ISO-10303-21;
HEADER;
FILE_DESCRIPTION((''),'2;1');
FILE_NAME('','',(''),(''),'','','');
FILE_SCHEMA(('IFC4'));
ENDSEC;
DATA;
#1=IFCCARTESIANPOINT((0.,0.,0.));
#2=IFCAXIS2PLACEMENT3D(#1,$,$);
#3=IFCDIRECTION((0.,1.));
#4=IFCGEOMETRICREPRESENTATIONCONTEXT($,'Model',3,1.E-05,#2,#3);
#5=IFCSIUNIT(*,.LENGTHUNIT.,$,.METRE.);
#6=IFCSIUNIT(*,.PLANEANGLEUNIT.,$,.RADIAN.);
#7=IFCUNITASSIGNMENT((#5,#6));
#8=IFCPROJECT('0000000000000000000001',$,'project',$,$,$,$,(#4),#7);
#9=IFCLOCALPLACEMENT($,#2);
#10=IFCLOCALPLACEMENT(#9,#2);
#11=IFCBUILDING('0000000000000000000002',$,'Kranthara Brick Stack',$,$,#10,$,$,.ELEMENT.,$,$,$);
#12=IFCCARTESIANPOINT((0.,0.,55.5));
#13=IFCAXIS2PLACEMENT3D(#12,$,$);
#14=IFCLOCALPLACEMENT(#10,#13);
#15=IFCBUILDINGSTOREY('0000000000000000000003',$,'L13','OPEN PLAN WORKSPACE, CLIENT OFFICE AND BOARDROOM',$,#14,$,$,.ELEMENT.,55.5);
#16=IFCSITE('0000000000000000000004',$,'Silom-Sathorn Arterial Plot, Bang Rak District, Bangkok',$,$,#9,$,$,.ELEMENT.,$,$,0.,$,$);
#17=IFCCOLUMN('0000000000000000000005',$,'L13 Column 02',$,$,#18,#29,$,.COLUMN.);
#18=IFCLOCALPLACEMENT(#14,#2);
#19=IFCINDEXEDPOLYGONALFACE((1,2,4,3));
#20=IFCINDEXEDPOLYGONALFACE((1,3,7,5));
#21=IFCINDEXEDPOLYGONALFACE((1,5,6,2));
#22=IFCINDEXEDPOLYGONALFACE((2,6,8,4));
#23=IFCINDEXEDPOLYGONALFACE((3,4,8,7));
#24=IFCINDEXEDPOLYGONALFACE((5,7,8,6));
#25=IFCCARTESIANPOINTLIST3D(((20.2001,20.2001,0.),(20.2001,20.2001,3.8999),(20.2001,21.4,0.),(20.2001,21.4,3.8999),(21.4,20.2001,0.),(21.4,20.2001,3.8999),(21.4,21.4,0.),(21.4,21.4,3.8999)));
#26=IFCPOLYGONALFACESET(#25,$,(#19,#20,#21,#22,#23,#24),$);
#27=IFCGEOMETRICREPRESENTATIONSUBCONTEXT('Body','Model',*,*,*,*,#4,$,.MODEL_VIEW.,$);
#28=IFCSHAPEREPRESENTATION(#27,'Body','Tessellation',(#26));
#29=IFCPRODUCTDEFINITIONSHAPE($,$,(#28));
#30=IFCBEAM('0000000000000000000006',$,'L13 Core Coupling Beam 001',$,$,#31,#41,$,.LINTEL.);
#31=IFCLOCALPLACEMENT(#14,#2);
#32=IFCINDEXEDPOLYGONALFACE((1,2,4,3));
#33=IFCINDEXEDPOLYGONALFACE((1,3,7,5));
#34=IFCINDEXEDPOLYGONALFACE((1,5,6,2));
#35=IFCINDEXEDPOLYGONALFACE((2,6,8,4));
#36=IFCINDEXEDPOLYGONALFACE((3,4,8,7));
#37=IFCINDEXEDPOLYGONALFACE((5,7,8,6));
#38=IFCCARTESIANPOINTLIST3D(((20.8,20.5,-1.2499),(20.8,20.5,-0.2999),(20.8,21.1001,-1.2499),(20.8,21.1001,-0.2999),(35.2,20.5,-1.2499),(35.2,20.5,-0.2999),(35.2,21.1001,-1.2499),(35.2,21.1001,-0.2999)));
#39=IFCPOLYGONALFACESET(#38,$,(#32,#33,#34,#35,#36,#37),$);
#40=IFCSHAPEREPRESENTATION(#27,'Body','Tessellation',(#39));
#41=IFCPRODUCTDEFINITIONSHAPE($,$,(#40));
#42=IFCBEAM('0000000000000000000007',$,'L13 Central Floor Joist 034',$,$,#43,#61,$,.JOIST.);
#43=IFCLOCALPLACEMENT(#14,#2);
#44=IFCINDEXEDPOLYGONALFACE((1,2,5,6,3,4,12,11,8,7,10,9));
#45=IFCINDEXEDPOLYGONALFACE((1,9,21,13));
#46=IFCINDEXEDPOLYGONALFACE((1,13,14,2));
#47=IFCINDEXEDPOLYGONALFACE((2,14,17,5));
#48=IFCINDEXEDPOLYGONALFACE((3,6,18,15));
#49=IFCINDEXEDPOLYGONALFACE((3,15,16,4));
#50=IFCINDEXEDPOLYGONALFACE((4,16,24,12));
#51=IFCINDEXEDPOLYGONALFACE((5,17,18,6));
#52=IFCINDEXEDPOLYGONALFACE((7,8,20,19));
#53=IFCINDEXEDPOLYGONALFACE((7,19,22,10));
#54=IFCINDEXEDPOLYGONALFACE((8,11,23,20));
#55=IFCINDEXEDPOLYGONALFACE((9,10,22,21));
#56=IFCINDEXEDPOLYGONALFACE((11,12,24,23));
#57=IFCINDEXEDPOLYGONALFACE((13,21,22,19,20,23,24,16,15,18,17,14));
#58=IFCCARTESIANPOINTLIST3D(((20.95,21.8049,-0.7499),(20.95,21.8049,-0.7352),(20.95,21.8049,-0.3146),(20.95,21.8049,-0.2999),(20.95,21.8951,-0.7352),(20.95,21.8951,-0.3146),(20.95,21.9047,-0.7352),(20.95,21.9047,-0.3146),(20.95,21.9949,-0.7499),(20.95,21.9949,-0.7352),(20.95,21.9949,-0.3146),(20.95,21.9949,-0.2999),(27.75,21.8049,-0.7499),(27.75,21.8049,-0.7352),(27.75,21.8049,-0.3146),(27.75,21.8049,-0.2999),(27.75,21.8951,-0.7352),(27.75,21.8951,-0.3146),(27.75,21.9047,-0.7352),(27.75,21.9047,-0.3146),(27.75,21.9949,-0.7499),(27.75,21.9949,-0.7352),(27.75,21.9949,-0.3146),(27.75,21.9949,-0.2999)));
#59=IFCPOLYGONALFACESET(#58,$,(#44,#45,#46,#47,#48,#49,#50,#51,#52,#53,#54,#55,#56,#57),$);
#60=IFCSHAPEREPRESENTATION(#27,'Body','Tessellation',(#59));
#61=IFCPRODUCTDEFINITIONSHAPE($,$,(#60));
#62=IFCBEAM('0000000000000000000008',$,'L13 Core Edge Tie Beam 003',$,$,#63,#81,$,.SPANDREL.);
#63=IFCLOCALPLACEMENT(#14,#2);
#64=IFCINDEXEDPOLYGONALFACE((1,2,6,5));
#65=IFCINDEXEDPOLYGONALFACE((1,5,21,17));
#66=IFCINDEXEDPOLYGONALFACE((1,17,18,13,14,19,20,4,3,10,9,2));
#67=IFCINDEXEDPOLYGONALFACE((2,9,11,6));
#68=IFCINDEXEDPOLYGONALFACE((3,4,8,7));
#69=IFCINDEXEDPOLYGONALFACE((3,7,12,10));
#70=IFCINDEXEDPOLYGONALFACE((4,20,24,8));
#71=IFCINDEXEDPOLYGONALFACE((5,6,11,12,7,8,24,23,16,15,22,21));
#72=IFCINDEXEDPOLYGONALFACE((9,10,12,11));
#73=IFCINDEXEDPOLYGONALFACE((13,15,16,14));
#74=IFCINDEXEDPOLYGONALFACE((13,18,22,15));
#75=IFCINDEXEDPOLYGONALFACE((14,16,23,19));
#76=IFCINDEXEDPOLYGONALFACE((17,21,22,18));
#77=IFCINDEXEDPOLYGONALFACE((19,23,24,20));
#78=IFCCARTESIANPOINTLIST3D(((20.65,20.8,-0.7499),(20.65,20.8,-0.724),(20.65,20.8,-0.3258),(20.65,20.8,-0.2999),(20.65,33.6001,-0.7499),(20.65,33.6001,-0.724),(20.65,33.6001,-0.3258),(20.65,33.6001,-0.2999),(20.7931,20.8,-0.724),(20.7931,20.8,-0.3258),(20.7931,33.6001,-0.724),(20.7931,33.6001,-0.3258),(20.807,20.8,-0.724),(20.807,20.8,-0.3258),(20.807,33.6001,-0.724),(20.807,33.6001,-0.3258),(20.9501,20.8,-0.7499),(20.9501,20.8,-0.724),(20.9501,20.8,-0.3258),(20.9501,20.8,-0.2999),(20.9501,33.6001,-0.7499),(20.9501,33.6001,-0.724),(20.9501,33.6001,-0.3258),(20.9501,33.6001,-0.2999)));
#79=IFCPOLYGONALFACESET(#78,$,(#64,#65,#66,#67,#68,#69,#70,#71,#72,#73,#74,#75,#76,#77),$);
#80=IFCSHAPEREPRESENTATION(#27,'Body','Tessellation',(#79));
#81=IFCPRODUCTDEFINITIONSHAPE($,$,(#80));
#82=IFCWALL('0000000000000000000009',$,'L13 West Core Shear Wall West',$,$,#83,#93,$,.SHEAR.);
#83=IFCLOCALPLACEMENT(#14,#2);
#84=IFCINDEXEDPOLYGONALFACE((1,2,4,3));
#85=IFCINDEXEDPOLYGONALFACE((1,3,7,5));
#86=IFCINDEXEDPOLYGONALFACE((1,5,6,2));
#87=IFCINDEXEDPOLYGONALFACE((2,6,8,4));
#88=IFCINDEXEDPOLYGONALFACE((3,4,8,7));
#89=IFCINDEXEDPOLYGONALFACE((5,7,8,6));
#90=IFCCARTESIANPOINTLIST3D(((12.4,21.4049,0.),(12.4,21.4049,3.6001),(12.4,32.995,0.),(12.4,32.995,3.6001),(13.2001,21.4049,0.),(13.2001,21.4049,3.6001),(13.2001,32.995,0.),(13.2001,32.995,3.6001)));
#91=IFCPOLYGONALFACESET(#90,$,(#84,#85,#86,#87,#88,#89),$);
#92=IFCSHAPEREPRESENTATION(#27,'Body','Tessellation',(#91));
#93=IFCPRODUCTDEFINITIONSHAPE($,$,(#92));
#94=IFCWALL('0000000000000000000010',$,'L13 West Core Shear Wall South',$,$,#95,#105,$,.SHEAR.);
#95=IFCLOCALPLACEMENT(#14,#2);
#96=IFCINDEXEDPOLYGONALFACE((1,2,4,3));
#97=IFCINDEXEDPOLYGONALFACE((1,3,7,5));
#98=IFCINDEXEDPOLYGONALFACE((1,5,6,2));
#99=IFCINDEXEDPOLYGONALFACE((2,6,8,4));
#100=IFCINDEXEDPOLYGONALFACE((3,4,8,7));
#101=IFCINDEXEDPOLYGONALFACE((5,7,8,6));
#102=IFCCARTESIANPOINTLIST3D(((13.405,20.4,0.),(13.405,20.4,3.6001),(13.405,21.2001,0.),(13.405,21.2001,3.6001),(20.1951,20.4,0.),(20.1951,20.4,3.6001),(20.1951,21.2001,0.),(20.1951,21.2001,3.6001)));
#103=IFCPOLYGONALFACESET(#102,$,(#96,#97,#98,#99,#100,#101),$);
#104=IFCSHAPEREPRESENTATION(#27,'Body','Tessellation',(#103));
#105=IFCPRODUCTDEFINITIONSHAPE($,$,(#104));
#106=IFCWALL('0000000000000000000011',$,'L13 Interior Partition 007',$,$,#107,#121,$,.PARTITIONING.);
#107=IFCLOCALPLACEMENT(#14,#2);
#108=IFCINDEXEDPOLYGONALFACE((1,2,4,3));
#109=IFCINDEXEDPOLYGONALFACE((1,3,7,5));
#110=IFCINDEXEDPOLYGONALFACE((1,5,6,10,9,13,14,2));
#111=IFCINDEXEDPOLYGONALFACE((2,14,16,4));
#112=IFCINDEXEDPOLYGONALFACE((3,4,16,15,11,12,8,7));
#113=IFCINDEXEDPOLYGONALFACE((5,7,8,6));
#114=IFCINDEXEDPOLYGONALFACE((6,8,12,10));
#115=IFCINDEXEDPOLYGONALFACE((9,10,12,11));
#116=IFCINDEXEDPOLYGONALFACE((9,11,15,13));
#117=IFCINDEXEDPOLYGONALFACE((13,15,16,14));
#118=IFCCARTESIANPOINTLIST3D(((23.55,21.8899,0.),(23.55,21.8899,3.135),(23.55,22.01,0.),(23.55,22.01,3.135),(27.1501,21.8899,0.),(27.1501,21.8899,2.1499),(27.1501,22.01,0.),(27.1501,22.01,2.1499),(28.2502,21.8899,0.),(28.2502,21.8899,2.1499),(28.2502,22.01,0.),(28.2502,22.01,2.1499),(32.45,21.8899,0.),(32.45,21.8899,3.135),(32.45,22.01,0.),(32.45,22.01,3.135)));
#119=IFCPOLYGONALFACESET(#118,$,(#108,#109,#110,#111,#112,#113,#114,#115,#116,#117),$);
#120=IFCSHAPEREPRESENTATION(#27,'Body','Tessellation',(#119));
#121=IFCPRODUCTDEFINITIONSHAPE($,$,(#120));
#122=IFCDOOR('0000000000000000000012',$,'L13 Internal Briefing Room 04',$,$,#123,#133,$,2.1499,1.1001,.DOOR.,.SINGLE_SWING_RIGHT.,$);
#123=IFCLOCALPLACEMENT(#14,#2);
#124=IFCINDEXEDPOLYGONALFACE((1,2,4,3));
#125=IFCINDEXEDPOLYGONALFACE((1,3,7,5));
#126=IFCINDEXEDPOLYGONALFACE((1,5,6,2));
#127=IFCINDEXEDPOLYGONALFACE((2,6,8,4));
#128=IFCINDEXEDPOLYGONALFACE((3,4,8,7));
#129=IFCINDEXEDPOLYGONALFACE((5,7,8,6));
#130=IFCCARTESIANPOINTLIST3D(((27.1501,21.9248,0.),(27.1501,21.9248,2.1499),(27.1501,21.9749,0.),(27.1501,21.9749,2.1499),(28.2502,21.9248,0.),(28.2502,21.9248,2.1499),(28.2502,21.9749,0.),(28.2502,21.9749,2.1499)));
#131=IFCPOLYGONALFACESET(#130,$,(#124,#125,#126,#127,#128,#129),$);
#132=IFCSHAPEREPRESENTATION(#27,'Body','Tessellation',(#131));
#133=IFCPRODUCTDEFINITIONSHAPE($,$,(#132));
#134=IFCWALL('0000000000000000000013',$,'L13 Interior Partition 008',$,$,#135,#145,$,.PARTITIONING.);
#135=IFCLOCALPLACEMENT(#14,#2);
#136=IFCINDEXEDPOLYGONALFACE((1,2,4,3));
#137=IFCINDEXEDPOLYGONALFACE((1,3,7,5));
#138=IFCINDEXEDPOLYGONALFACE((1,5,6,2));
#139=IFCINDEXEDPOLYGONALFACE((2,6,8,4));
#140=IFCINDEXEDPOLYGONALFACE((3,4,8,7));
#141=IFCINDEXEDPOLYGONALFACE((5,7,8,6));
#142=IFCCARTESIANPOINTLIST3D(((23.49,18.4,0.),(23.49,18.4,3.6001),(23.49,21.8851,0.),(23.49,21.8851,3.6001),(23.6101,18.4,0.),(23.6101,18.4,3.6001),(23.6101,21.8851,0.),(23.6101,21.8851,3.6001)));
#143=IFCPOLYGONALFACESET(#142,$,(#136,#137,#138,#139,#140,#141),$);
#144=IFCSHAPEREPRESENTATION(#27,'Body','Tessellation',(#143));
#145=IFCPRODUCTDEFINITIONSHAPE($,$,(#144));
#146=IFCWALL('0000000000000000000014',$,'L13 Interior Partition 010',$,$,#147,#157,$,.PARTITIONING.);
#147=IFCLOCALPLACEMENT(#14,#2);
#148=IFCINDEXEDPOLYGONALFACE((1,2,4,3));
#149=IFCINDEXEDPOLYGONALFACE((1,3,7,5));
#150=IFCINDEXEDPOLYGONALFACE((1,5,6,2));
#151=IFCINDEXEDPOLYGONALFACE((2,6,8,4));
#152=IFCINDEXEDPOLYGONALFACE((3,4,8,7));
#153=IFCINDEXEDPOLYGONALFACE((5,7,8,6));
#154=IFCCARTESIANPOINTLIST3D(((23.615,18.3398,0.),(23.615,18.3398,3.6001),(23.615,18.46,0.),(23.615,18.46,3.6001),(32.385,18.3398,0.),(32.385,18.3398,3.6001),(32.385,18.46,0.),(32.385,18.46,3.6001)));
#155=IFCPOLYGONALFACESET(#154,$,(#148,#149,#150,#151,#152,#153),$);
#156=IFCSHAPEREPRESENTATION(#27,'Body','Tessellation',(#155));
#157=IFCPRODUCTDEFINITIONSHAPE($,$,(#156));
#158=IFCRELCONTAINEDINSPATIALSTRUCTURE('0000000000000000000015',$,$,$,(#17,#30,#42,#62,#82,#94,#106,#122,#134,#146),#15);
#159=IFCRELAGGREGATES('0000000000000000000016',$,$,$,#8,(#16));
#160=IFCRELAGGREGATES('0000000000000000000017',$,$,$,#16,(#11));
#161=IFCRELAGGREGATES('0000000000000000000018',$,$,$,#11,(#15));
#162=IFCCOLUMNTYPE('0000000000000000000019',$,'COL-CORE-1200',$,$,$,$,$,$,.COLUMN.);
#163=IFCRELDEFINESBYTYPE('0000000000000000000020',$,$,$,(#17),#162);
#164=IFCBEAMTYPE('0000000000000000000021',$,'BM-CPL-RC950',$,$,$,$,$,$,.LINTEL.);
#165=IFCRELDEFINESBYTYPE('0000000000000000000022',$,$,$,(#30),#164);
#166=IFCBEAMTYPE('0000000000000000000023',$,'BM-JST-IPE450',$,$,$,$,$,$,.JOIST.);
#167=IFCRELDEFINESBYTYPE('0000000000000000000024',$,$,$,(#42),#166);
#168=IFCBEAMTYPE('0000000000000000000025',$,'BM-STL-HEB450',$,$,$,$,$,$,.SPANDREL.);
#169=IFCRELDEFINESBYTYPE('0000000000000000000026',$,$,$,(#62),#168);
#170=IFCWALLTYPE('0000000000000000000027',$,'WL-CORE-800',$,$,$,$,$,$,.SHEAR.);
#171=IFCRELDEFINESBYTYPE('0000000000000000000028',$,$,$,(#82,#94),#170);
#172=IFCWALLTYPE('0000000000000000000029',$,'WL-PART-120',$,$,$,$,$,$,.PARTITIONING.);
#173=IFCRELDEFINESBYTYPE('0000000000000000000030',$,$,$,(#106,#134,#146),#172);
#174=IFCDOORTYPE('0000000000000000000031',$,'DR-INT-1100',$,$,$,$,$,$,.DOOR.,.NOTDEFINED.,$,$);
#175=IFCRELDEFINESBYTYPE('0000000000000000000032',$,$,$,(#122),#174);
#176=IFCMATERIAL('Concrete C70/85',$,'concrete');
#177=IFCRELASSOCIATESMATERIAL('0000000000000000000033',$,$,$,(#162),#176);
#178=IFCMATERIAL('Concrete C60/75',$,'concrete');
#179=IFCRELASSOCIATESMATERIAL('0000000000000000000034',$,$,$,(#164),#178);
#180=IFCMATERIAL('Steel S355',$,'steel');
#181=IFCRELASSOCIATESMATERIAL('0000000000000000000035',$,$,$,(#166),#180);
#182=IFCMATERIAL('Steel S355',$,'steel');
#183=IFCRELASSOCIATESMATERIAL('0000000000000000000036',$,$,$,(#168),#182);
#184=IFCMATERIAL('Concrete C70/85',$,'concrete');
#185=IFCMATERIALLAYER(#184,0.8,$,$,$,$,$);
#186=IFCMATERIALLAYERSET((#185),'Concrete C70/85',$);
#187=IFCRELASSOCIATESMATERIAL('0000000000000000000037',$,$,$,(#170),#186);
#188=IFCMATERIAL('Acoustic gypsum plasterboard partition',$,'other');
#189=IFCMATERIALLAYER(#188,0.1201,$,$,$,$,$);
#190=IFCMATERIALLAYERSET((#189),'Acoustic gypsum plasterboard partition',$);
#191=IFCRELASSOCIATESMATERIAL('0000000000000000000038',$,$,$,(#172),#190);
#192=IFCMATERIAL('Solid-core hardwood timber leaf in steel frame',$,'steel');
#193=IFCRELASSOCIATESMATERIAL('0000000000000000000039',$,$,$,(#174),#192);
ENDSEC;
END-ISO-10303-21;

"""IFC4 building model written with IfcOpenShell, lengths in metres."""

from ifc_helpers import new_model, si_unit, direction, frame, frame_2d, origin, origin_2d, place, context, subcontext, project, spatial, rectangle, i_section, extrude, material, layer, layer_set, material_profile, profile_set, type_object, element, fill, save


model = new_model("IFC4")

# Units and contexts
model_context = context("Model", 3, precision=1e-05, world=origin(), true_north=direction((0.0, 1.0)))
body_context = subcontext(model_context, "Body", "Model", "MODEL_VIEW")
ifc_project = project(units=[si_unit("LENGTHUNIT", "METRE"), si_unit("PLANEANGLEUNIT", "RADIAN")], contexts=[model_context])

# Site, building, storey
site_placement = place(None, origin())
site = spatial("IfcSite", under=ifc_project, at=site_placement, Name="Silom-Sathorn Arterial Plot, Bang Rak District, Bangkok", CompositionType="ELEMENT", RefElevation=0.0)
building_placement = place(site_placement, origin())
building = spatial("IfcBuilding", under=site, at=building_placement, Name="Kranthara Brick Stack", CompositionType="ELEMENT")
storey_placement = place(building_placement, frame((0.0, 0.0, 55.5)))
storey = spatial("IfcBuildingStorey", under=building, at=storey_placement, Name="L13", Description="OPEN PLAN WORKSPACE, CLIENT OFFICE AND BOARDROOM", CompositionType="ELEMENT", Elevation=55.5)

# Column
ifc_material_1 = material(Name="Concrete C70/85", Category="concrete")
ifc_material_profile_1 = material_profile(ifc_material_1, rectangle(XDim=1.2, YDim=1.2, at=origin_2d()), Name="RC 1200x1200")
ifc_profile_set_1 = profile_set([ifc_material_profile_1], Name="Concrete C70/85")
column_type = type_object("IfcColumnType", Name="COL-CORE-1200", PredefinedType="COLUMN", material=ifc_profile_set_1)
column_placement = place(storey_placement, frame((20.8, 20.8, 0.0), z_axis=(0.0, 0.0, 1.0), x_axis=(1.0, 0.0, 0.0)))
element("IfcColumn", 1, at=column_placement, inside=storey, type_object=column_type, Name="L13 Column 02", PredefinedType="COLUMN", context=body_context, shape_type="SweptSolid", body=[
    extrude(rectangle(XDim=1.2, YDim=1.2, at=origin_2d()), origin(), (0.0, 0.0, 1.0), 3.8999),
])

# Beams
ifc_material_2 = material(Name="Concrete C60/75", Category="concrete")
ifc_material_profile_2 = material_profile(ifc_material_2, rectangle(XDim=0.6001, YDim=0.95, at=origin_2d()), Name="RC 600x950")
ifc_profile_set_2 = profile_set([ifc_material_profile_2], Name="Concrete C60/75")
beam_type_1 = type_object("IfcBeamType", Name="BM-CPL-RC950", PredefinedType="LINTEL", material=ifc_profile_set_2)
beam_1_placement = place(storey_placement, frame((20.8, 20.8, -0.7749), z_axis=(1.0, 0.0, 0.0), x_axis=(0.0, 1.0, 0.0)))
element("IfcBeam", 2, at=beam_1_placement, inside=storey, type_object=beam_type_1, Name="L13 Core Coupling Beam 001", PredefinedType="LINTEL", context=body_context, shape_type="SweptSolid", body=[
    extrude(rectangle(XDim=0.6001, YDim=0.95, at=origin_2d()), origin(), (0.0, 0.0, 1.0), 14.3999),
])
ifc_material_3 = material(Name="Steel S355", Category="steel")
ifc_material_profile_3 = material_profile(ifc_material_3, i_section(OverallWidth=0.1899, OverallDepth=0.45, WebThickness=0.0095, FlangeThickness=0.0146, at=origin_2d()), Name="IPE 450")
ifc_profile_set_3 = profile_set([ifc_material_profile_3], Name="Steel S355")
beam_type_2 = type_object("IfcBeamType", Name="BM-JST-IPE450", PredefinedType="JOIST", material=ifc_profile_set_3)
beam_2_placement = place(storey_placement, frame((20.95, 21.8999, -0.5249), z_axis=(1.0, 0.0, 0.0), x_axis=(0.0, 1.0, 0.0)))
element("IfcBeam", 3, at=beam_2_placement, inside=storey, type_object=beam_type_2, Name="L13 Central Floor Joist 034", PredefinedType="JOIST", context=body_context, shape_type="SweptSolid", body=[
    extrude(i_section(OverallWidth=0.1899, OverallDepth=0.45, WebThickness=0.0095, FlangeThickness=0.0146, at=origin_2d()), origin(), (0.0, 0.0, 1.0), 6.8),
])
ifc_material_4 = material(Name="Steel S355", Category="steel")
ifc_material_profile_4 = material_profile(ifc_material_4, i_section(OverallWidth=0.3, OverallDepth=0.45, WebThickness=0.0139, FlangeThickness=0.0259, at=origin_2d()), Name="HEB 450")
ifc_profile_set_4 = profile_set([ifc_material_profile_4], Name="Steel S355")
beam_type_3 = type_object("IfcBeamType", Name="BM-STL-HEB450", PredefinedType="SPANDREL", material=ifc_profile_set_4)
beam_3_placement = place(storey_placement, frame((20.8, 20.8, -0.5249), z_axis=(0.0, 1.0, 0.0), x_axis=(-1.0, 0.0, 0.0)))
element("IfcBeam", 4, at=beam_3_placement, inside=storey, type_object=beam_type_3, Name="L13 Core Edge Tie Beam 003", PredefinedType="SPANDREL", context=body_context, shape_type="SweptSolid", body=[
    extrude(i_section(OverallWidth=0.3, OverallDepth=0.45, WebThickness=0.0139, FlangeThickness=0.0259, at=origin_2d()), origin(), (0.0, 0.0, 1.0), 12.8),
])

# Walls
ifc_material_5 = material(Name="Concrete C70/85", Category="concrete")
ifc_layer_1 = layer(ifc_material_5, 0.8)
ifc_layer_set_1 = layer_set([ifc_layer_1], Name="Concrete C70/85")
wall_type_1 = type_object("IfcWallType", Name="WL-CORE-800", PredefinedType="SHEAR", material=ifc_layer_set_1)
wall_1_placement = place(storey_placement, frame((12.8, 21.405, 0.0), z_axis=(0.0, 0.0, 1.0), x_axis=(0.0, 1.0, 0.0)))
element("IfcWall", 5, at=wall_1_placement, inside=storey, type_object=wall_type_1, Name="L13 West Core Shear Wall West", PredefinedType="SHEAR", context=body_context, shape_type="SweptSolid", body=[
    extrude(rectangle(XDim=11.5901, YDim=0.8, at=frame_2d((5.7949, 0.0))), origin(), (0.0, 0.0, 1.0), 3.6001),
])
wall_2_placement = place(storey_placement, frame((13.405, 20.8, 0.0), z_axis=(0.0, 0.0, 1.0), x_axis=(1.0, 0.0, 0.0)))
element("IfcWall", 6, at=wall_2_placement, inside=storey, type_object=wall_type_1, Name="L13 West Core Shear Wall South", PredefinedType="SHEAR", context=body_context, shape_type="SweptSolid", body=[
    extrude(rectangle(XDim=6.79, YDim=0.8, at=frame_2d((3.395, 0.0))), origin(), (0.0, 0.0, 1.0), 3.6001),
])

# Wall, opening, door
ifc_material_6 = material(Name="Acoustic gypsum plasterboard partition", Category="other")
ifc_layer_2 = layer(ifc_material_6, 0.1201)
ifc_layer_set_2 = layer_set([ifc_layer_2], Name="Acoustic gypsum plasterboard partition")
wall_type_2 = type_object("IfcWallType", Name="WL-PART-120", PredefinedType="PARTITIONING", material=ifc_layer_set_2)
wall_3_placement = place(storey_placement, frame((23.55, 21.95, 0.0), z_axis=(0.0, 0.0, 1.0), x_axis=(1.0, 0.0, 0.0)))
wall_3 = element("IfcWall", 7, at=wall_3_placement, inside=storey, type_object=wall_type_2, Name="L13 Interior Partition 007", PredefinedType="PARTITIONING", context=body_context, shape_type="SweptSolid", body=[
    extrude(rectangle(XDim=8.8999, YDim=0.1201, at=frame_2d((4.45, 0.0))), origin(), (0.0, 0.0, 1.0), 3.135),
])
opening_1_placement = place(wall_3_placement, frame((3.6001, 0.0, 0.0)))
opening_1 = element("IfcOpeningElement", 8, at=opening_1_placement, cuts=wall_3, PredefinedType="OPENING", context=body_context, shape_type="SweptSolid", body=[
    extrude(rectangle(XDim=1.1001, YDim=2.1499, at=frame_2d((0.55, 1.075))), frame((0.0, 0.0701, 0.0), z_axis=(0.0, -1.0, 0.0), x_axis=(1.0, 0.0, 0.0)), (0.0, 0.0, 1.0), 0.1401),
])
ifc_material_7 = material(Name="Solid-core hardwood timber leaf in steel frame", Category="steel")
door_type_1 = type_object("IfcDoorType", Name="DR-INT-1100", OperationType="NOTDEFINED", PredefinedType="DOOR", material=ifc_material_7)
door_1_placement = place(opening_1_placement, origin())
door_1 = element("IfcDoor", 9, at=door_1_placement, inside=storey, type_object=door_type_1, Name="L13 Internal Briefing Room 04", OperationType="SINGLE_SWING_RIGHT", OverallHeight=2.1499, OverallWidth=1.1001, PredefinedType="DOOR", context=body_context, shape_type="SweptSolid", body=[
    extrude(rectangle(XDim=1.1001, YDim=2.1499, at=frame_2d((0.55, 1.075))), frame((0.0, 0.0249, 0.0), z_axis=(0.0, -1.0, 0.0), x_axis=(1.0, 0.0, 0.0)), (0.0, 0.0, 1.0), 0.05),
])
fill(opening_1, door_1)

# Walls
wall_4_placement = place(storey_placement, frame((23.55, 18.3999, 0.0), z_axis=(0.0, 0.0, 1.0), x_axis=(0.0, 1.0, 0.0)))
element("IfcWall", 10, at=wall_4_placement, inside=storey, type_object=wall_type_2, Name="L13 Interior Partition 008", PredefinedType="PARTITIONING", context=body_context, shape_type="SweptSolid", body=[
    extrude(rectangle(XDim=3.4851, YDim=0.1201, at=frame_2d((1.7427, 0.0))), origin(), (0.0, 0.0, 1.0), 3.6001),
])
wall_5_placement = place(storey_placement, frame((23.615, 18.3999, 0.0), z_axis=(0.0, 0.0, 1.0), x_axis=(1.0, 0.0, 0.0)))
element("IfcWall", 11, at=wall_5_placement, inside=storey, type_object=wall_type_2, Name="L13 Interior Partition 010", PredefinedType="PARTITIONING", context=body_context, shape_type="SweptSolid", body=[
    extrude(rectangle(XDim=8.77, YDim=0.1201, at=frame_2d((4.385, 0.0))), origin(), (0.0, 0.0, 1.0), 3.6001),
])

save(model, "model.ifc")
